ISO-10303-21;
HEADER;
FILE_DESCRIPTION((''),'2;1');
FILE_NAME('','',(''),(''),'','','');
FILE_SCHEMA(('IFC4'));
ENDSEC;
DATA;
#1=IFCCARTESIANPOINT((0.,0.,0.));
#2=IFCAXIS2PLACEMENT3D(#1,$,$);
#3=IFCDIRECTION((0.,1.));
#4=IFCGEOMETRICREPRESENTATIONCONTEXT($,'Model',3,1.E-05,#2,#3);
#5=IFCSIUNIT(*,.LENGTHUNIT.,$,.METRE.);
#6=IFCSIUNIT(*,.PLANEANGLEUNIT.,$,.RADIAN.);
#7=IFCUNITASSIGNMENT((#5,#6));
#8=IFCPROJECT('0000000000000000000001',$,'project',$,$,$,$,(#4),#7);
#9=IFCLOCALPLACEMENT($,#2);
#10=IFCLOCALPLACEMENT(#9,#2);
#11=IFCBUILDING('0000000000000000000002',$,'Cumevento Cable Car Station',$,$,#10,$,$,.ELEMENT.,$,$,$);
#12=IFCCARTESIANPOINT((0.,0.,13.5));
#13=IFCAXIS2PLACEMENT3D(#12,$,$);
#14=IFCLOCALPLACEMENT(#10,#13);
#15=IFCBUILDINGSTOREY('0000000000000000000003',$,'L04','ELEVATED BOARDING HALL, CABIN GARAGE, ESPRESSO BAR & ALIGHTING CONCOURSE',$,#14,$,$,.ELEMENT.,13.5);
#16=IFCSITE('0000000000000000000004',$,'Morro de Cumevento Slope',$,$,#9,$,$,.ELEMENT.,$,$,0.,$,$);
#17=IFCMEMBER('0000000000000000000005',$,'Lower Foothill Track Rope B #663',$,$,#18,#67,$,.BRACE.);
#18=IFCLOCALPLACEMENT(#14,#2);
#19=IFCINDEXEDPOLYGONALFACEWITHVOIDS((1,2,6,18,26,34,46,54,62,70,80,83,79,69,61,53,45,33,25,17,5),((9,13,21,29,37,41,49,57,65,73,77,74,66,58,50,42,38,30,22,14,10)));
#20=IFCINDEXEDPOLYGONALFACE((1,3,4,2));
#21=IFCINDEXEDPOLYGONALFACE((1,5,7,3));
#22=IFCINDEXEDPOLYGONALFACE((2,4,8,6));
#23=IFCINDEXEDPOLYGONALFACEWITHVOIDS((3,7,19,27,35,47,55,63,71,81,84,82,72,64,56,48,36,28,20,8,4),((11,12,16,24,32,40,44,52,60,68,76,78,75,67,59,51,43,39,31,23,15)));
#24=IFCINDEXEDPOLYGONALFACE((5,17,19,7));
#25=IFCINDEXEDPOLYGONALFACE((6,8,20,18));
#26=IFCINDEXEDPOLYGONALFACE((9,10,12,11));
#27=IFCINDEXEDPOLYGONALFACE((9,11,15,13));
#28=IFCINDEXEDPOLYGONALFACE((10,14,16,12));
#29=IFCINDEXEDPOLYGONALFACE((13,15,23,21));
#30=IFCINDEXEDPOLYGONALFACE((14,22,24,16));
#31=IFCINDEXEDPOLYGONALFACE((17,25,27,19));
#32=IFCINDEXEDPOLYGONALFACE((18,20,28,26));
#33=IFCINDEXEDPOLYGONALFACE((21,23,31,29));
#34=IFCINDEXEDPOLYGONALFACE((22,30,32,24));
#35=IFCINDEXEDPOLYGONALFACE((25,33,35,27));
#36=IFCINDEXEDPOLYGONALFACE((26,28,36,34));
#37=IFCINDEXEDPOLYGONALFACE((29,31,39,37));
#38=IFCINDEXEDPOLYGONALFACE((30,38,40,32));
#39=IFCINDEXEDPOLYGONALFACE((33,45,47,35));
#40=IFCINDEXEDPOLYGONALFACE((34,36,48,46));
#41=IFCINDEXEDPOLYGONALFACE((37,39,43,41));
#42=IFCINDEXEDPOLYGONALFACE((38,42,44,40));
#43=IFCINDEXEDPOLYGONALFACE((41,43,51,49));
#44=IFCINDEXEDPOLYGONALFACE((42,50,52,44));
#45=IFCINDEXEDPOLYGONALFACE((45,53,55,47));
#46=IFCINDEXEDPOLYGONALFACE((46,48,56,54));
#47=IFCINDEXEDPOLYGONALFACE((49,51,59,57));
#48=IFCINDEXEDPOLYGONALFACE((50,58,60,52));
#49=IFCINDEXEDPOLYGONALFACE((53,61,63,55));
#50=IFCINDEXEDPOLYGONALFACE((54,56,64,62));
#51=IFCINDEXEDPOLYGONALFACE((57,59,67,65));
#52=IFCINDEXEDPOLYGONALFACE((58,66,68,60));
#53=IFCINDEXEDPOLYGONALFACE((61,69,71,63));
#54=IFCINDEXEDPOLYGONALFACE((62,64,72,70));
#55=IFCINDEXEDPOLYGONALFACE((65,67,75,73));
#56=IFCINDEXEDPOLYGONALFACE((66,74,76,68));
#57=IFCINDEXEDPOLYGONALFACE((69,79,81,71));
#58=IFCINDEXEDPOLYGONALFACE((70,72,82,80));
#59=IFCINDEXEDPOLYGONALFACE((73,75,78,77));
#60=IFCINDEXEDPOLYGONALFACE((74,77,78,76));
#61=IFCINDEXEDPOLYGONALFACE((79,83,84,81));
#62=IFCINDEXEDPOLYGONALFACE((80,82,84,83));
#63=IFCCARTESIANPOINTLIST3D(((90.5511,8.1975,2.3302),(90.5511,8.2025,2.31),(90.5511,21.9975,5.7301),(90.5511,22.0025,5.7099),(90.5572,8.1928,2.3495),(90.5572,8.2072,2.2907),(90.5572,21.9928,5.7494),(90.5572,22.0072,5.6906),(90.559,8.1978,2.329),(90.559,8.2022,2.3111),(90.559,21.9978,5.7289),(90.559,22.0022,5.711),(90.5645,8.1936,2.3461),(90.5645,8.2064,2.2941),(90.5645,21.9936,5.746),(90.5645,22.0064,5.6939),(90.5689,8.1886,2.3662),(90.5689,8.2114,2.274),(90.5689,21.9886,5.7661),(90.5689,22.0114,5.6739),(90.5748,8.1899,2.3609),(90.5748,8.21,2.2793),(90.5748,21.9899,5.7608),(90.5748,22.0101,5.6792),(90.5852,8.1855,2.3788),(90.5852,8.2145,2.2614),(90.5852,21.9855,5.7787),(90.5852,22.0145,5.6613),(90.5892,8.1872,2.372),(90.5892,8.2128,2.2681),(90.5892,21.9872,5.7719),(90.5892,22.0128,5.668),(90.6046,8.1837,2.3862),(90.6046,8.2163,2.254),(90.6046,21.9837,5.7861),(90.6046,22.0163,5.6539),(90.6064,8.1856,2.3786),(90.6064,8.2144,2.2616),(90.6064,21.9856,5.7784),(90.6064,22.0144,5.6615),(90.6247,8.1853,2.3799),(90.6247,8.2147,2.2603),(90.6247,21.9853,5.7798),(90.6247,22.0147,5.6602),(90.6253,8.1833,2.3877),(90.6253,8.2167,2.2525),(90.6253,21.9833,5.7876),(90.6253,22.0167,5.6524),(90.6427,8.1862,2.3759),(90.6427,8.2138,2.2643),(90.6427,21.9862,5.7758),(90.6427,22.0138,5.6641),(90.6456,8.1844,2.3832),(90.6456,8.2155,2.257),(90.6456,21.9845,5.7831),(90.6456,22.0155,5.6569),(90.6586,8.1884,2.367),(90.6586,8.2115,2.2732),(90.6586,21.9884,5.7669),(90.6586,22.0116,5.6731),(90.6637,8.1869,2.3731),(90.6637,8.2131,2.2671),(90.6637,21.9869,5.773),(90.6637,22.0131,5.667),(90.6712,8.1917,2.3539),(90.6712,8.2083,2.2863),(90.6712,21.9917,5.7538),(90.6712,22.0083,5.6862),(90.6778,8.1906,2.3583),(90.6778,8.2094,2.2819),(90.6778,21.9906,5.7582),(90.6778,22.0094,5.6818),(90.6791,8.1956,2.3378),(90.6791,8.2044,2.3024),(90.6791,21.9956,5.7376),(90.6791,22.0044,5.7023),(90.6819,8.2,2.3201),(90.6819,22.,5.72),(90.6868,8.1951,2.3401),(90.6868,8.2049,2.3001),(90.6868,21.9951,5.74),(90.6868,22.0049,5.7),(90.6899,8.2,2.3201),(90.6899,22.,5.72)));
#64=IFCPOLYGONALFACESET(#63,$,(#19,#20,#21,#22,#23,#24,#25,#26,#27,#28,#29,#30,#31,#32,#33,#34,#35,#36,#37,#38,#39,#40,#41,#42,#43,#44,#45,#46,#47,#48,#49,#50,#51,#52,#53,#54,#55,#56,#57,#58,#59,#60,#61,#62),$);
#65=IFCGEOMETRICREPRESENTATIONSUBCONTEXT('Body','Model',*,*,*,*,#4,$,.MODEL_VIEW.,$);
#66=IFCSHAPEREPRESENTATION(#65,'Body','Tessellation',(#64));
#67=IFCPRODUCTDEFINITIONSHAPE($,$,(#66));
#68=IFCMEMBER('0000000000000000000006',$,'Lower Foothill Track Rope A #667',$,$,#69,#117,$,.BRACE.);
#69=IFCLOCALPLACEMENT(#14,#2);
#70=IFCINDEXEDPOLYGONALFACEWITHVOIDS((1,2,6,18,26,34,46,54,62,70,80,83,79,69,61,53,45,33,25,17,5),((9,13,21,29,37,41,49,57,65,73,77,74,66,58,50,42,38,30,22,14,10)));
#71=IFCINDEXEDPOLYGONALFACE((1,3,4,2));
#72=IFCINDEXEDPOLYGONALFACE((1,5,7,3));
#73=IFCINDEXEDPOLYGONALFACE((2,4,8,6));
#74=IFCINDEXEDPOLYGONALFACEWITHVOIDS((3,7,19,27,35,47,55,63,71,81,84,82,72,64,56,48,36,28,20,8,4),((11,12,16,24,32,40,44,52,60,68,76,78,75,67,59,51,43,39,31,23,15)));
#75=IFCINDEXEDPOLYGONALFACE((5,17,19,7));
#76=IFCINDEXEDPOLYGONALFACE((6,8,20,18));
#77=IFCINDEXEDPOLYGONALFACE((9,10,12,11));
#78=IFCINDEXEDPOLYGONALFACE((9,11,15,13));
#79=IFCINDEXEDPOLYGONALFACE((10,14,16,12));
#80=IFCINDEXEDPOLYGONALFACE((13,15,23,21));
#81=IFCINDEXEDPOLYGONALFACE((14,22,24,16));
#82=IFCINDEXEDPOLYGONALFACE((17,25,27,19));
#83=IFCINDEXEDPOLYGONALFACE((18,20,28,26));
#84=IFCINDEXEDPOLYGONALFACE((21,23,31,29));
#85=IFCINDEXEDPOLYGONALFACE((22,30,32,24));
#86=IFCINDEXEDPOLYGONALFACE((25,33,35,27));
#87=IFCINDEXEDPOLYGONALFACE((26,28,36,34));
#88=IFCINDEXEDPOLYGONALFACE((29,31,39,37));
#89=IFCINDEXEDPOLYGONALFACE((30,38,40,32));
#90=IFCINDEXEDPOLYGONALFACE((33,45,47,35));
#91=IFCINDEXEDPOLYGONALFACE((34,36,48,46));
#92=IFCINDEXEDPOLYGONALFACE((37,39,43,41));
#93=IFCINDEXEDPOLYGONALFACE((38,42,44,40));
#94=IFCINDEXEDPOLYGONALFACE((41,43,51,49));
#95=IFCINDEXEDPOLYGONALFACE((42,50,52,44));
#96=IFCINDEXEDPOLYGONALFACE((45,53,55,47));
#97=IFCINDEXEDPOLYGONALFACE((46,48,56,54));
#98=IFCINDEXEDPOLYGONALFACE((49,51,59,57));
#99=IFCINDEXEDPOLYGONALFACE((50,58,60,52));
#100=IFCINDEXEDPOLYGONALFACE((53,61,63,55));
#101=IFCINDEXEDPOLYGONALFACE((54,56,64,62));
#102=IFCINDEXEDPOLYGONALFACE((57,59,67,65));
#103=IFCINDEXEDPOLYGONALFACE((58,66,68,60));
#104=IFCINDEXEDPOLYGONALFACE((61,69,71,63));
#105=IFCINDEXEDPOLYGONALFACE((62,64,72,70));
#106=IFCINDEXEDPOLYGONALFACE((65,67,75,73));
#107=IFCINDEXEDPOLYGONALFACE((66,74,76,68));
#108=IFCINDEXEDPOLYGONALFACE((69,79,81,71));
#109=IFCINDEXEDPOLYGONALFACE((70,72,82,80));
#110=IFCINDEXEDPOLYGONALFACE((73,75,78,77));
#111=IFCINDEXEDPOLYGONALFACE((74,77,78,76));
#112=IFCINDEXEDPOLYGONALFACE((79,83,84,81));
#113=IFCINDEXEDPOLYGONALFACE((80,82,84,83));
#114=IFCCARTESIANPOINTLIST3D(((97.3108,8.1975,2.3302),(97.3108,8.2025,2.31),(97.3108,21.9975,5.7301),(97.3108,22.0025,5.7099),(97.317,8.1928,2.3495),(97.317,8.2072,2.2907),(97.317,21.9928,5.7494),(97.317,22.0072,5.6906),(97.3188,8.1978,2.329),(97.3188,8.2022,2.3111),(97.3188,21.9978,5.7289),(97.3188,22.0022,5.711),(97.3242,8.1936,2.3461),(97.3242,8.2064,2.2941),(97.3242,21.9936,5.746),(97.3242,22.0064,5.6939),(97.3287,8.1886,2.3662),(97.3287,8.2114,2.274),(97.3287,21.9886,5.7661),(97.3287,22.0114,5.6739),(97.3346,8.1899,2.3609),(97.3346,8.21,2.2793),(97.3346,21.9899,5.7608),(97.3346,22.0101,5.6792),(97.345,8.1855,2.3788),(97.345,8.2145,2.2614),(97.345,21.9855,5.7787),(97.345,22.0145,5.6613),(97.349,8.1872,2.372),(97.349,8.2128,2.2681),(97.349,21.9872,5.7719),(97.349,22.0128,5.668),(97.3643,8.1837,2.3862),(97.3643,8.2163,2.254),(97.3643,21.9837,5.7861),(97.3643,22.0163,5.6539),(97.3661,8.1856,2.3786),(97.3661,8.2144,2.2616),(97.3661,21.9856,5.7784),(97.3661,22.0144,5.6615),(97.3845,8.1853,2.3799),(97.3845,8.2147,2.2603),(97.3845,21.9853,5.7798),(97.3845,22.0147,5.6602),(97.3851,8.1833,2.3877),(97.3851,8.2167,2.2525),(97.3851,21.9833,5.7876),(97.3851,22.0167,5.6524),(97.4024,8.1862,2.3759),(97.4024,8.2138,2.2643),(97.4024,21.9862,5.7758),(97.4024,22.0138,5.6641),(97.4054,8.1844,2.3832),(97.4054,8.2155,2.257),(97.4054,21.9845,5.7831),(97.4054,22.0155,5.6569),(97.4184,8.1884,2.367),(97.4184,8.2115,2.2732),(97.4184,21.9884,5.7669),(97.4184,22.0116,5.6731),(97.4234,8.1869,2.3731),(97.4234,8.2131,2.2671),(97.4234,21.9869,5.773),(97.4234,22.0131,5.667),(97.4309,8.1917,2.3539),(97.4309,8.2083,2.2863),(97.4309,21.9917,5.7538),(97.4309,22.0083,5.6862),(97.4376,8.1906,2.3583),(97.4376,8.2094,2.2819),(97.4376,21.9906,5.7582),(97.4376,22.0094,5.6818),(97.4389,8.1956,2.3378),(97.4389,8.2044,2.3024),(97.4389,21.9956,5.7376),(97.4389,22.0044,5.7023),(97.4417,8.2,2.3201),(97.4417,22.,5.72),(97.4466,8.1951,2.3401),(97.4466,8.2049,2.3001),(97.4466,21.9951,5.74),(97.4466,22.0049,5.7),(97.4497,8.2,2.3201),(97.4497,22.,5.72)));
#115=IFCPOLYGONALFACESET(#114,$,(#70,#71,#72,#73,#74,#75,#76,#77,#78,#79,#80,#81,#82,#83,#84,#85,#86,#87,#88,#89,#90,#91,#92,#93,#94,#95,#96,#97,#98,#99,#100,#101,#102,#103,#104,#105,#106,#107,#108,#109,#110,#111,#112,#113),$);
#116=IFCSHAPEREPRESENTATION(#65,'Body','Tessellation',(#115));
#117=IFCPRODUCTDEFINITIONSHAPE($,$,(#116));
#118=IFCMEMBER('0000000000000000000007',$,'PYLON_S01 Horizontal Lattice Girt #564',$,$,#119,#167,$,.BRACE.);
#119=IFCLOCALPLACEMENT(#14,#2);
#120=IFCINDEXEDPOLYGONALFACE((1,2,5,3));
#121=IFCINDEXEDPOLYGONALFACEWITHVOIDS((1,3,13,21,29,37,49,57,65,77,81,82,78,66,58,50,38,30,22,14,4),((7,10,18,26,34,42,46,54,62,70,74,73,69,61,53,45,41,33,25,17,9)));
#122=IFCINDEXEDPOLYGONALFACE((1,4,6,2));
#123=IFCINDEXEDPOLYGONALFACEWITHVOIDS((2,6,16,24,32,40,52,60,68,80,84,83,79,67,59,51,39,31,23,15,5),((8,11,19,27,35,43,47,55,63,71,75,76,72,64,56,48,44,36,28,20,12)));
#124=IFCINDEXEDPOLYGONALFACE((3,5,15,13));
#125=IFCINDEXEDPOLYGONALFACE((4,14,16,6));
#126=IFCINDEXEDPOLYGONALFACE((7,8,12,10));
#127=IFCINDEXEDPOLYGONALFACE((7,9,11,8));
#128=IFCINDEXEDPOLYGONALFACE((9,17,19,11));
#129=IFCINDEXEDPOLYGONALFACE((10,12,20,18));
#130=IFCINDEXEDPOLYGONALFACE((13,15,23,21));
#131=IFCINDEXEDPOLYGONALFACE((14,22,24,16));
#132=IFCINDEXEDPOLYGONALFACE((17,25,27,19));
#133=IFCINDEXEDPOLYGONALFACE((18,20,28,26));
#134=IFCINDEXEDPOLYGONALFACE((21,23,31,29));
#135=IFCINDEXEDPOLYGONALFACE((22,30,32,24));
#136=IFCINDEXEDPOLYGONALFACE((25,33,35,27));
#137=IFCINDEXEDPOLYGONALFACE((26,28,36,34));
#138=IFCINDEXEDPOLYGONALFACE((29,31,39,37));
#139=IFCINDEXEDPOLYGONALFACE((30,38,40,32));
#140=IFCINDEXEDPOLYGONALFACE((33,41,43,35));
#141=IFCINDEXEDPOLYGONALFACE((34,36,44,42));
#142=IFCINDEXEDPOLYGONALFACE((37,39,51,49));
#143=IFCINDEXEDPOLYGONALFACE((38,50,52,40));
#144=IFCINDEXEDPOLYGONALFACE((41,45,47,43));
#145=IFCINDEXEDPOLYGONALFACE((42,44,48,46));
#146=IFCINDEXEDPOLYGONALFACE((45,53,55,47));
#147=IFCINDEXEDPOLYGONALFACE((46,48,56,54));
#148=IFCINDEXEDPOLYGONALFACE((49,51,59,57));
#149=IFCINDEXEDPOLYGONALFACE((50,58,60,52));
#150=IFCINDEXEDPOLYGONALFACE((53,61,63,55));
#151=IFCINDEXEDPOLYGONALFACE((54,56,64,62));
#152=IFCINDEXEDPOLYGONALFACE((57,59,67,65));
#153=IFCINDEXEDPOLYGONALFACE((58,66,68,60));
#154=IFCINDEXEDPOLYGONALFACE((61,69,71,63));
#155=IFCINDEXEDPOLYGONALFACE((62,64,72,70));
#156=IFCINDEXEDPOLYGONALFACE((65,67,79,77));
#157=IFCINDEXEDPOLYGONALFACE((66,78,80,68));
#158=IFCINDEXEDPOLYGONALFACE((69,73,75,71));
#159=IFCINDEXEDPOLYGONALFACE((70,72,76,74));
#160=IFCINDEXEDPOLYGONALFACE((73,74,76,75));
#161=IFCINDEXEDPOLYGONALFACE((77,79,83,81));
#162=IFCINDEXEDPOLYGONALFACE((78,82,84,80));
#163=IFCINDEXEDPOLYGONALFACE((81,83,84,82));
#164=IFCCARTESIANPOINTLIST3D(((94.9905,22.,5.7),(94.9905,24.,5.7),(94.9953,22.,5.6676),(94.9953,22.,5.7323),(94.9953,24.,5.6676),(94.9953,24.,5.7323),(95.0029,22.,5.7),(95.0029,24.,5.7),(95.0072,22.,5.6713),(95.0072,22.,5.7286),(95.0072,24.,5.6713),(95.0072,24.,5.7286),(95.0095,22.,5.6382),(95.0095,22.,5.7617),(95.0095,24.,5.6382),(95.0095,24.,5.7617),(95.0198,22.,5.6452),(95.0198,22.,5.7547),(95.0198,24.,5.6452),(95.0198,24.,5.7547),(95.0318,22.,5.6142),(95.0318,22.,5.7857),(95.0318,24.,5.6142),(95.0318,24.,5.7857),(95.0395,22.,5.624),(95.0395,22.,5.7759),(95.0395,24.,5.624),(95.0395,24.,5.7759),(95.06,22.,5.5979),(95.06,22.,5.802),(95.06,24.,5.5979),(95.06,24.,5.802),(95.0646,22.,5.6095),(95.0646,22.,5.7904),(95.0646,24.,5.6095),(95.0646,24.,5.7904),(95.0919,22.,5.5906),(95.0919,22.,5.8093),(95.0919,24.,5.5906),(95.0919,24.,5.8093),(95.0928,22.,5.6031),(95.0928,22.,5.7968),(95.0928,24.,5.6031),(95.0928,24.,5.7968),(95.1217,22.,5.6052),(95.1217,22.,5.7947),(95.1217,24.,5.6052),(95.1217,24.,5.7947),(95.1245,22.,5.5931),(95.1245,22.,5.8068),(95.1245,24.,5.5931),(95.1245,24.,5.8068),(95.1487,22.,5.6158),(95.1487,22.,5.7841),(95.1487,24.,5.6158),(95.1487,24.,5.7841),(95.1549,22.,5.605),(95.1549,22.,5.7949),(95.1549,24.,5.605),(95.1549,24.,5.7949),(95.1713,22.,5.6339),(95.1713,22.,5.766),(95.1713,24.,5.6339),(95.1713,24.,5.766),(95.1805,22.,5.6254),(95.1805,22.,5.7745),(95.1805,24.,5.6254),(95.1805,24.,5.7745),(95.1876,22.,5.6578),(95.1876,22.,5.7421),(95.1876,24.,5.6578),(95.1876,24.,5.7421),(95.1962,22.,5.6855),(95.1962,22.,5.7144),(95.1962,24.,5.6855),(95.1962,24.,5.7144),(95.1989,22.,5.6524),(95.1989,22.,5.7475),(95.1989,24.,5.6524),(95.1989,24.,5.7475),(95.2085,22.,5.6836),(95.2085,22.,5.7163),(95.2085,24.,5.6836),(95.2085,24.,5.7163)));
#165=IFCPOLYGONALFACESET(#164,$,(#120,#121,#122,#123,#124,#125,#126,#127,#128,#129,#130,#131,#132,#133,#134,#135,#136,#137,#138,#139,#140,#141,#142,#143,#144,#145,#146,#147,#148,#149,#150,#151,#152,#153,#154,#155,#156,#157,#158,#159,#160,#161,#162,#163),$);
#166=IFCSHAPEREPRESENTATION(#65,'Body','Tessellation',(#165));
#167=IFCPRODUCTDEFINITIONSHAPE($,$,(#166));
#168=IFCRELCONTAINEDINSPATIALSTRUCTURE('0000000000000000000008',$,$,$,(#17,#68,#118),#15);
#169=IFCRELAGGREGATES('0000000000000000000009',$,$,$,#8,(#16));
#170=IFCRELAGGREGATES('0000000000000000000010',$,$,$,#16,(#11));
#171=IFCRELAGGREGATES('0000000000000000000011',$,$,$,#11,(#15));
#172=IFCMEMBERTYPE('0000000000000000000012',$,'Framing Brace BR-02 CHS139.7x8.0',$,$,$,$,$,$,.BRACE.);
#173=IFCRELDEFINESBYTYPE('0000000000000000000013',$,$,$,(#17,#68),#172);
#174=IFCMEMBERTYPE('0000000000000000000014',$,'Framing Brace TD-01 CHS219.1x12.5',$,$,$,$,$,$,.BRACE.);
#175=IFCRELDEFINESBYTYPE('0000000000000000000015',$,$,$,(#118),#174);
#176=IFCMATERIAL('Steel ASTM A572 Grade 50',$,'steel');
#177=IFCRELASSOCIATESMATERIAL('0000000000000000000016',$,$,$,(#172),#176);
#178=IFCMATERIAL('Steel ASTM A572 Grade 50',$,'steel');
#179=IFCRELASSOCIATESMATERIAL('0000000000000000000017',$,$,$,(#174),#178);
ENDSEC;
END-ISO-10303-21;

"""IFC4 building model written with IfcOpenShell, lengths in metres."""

from ifc_helpers import new_model, si_unit, direction, frame, origin, origin_2d, place, context, subcontext, project, spatial, hollow_circle, extrude, material, material_profile, profile_set, type_object, element, save


model = new_model("IFC4")

# Units and contexts
model_context = context("Model", 3, precision=1e-05, world=origin(), true_north=direction((0.0, 1.0)))
body_context = subcontext(model_context, "Body", "Model", "MODEL_VIEW")
ifc_project = project(units=[si_unit("LENGTHUNIT", "METRE"), si_unit("PLANEANGLEUNIT", "RADIAN")], contexts=[model_context])

# Site, building, storey
site_placement = place(None, origin())
site = spatial("IfcSite", under=ifc_project, at=site_placement, Name="Morro de Cumevento Slope", CompositionType="ELEMENT", RefElevation=0.0)
building_placement = place(site_placement, origin())
building = spatial("IfcBuilding", under=site, at=building_placement, Name="Cumevento Cable Car Station", CompositionType="ELEMENT")
storey_placement = place(building_placement, frame((0.0, 0.0, 13.5)))
storey = spatial("IfcBuildingStorey", under=building, at=storey_placement, Name="L04", Description="ELEVATED BOARDING HALL, CABIN GARAGE, ESPRESSO BAR & ALIGHTING CONCOURSE", CompositionType="ELEMENT", Elevation=13.5)

# Members
ifc_material_1 = material(Name="Steel ASTM A572 Grade 50", Category="steel")
ifc_material_profile_1 = material_profile(ifc_material_1, hollow_circle(Radius=0.0698, WallThickness=0.0081, at=origin_2d()), Name="CHS139.7x8.0")
ifc_profile_set_1 = profile_set([ifc_material_profile_1], Name="Steel ASTM A572 Grade 50")
member_type_1 = type_object("IfcMemberType", Name="Framing Brace BR-02 CHS139.7x8.0", PredefinedType="BRACE", material=ifc_profile_set_1)
for number, where, z_axis, x_axis, name in (
    (1, (90.6201, 22.0, 5.72), (0.0, -0.970966, -0.239216), (1.0, 0.0, 0.0), "Lower Foothill Track Rope B #663"),
    (2, (97.3799, 22.0, 5.72), (0.0, -0.970966, -0.239216), (1.0, 0.0, 0.0), "Lower Foothill Track Rope A #667"),
):
    element("IfcMember", number, at=place(storey_placement, frame(where, z_axis=z_axis, x_axis=x_axis)), inside=storey, type_object=member_type_1, Name=name, PredefinedType="BRACE", context=body_context, shape_type="SweptSolid", body=[
        extrude(hollow_circle(Radius=0.0698, WallThickness=0.0081, at=origin_2d()), origin(), (0.0, 0.0, 1.0), 14.2126),
    ])
ifc_material_2 = material(Name="Steel ASTM A572 Grade 50", Category="steel")
ifc_material_profile_2 = material_profile(ifc_material_2, hollow_circle(Radius=0.1096, WallThickness=0.0125, at=origin_2d()), Name="CHS219.1x12.5")
ifc_profile_set_2 = profile_set([ifc_material_profile_2], Name="Steel ASTM A572 Grade 50")
member_type_2 = type_object("IfcMemberType", Name="Framing Brace TD-01 CHS219.1x12.5", PredefinedType="BRACE", material=ifc_profile_set_2)
for number, where, z_axis, x_axis, name in (
    (3, (95.1001, 22.0, 5.7), (0.0, 1.0, 0.0), (-1.0, 0.0, 0.0), "PYLON_S01 Horizontal Lattice Girt #564"),
):
    element("IfcMember", number, at=place(storey_placement, frame(where, z_axis=z_axis, x_axis=x_axis)), inside=storey, type_object=member_type_2, Name=name, PredefinedType="BRACE", context=body_context, shape_type="SweptSolid", body=[
        extrude(hollow_circle(Radius=0.1096, WallThickness=0.0125, at=origin_2d()), origin(), (0.0, 0.0, 1.0), 2.0),
    ])

save(model, "model.ifc")
